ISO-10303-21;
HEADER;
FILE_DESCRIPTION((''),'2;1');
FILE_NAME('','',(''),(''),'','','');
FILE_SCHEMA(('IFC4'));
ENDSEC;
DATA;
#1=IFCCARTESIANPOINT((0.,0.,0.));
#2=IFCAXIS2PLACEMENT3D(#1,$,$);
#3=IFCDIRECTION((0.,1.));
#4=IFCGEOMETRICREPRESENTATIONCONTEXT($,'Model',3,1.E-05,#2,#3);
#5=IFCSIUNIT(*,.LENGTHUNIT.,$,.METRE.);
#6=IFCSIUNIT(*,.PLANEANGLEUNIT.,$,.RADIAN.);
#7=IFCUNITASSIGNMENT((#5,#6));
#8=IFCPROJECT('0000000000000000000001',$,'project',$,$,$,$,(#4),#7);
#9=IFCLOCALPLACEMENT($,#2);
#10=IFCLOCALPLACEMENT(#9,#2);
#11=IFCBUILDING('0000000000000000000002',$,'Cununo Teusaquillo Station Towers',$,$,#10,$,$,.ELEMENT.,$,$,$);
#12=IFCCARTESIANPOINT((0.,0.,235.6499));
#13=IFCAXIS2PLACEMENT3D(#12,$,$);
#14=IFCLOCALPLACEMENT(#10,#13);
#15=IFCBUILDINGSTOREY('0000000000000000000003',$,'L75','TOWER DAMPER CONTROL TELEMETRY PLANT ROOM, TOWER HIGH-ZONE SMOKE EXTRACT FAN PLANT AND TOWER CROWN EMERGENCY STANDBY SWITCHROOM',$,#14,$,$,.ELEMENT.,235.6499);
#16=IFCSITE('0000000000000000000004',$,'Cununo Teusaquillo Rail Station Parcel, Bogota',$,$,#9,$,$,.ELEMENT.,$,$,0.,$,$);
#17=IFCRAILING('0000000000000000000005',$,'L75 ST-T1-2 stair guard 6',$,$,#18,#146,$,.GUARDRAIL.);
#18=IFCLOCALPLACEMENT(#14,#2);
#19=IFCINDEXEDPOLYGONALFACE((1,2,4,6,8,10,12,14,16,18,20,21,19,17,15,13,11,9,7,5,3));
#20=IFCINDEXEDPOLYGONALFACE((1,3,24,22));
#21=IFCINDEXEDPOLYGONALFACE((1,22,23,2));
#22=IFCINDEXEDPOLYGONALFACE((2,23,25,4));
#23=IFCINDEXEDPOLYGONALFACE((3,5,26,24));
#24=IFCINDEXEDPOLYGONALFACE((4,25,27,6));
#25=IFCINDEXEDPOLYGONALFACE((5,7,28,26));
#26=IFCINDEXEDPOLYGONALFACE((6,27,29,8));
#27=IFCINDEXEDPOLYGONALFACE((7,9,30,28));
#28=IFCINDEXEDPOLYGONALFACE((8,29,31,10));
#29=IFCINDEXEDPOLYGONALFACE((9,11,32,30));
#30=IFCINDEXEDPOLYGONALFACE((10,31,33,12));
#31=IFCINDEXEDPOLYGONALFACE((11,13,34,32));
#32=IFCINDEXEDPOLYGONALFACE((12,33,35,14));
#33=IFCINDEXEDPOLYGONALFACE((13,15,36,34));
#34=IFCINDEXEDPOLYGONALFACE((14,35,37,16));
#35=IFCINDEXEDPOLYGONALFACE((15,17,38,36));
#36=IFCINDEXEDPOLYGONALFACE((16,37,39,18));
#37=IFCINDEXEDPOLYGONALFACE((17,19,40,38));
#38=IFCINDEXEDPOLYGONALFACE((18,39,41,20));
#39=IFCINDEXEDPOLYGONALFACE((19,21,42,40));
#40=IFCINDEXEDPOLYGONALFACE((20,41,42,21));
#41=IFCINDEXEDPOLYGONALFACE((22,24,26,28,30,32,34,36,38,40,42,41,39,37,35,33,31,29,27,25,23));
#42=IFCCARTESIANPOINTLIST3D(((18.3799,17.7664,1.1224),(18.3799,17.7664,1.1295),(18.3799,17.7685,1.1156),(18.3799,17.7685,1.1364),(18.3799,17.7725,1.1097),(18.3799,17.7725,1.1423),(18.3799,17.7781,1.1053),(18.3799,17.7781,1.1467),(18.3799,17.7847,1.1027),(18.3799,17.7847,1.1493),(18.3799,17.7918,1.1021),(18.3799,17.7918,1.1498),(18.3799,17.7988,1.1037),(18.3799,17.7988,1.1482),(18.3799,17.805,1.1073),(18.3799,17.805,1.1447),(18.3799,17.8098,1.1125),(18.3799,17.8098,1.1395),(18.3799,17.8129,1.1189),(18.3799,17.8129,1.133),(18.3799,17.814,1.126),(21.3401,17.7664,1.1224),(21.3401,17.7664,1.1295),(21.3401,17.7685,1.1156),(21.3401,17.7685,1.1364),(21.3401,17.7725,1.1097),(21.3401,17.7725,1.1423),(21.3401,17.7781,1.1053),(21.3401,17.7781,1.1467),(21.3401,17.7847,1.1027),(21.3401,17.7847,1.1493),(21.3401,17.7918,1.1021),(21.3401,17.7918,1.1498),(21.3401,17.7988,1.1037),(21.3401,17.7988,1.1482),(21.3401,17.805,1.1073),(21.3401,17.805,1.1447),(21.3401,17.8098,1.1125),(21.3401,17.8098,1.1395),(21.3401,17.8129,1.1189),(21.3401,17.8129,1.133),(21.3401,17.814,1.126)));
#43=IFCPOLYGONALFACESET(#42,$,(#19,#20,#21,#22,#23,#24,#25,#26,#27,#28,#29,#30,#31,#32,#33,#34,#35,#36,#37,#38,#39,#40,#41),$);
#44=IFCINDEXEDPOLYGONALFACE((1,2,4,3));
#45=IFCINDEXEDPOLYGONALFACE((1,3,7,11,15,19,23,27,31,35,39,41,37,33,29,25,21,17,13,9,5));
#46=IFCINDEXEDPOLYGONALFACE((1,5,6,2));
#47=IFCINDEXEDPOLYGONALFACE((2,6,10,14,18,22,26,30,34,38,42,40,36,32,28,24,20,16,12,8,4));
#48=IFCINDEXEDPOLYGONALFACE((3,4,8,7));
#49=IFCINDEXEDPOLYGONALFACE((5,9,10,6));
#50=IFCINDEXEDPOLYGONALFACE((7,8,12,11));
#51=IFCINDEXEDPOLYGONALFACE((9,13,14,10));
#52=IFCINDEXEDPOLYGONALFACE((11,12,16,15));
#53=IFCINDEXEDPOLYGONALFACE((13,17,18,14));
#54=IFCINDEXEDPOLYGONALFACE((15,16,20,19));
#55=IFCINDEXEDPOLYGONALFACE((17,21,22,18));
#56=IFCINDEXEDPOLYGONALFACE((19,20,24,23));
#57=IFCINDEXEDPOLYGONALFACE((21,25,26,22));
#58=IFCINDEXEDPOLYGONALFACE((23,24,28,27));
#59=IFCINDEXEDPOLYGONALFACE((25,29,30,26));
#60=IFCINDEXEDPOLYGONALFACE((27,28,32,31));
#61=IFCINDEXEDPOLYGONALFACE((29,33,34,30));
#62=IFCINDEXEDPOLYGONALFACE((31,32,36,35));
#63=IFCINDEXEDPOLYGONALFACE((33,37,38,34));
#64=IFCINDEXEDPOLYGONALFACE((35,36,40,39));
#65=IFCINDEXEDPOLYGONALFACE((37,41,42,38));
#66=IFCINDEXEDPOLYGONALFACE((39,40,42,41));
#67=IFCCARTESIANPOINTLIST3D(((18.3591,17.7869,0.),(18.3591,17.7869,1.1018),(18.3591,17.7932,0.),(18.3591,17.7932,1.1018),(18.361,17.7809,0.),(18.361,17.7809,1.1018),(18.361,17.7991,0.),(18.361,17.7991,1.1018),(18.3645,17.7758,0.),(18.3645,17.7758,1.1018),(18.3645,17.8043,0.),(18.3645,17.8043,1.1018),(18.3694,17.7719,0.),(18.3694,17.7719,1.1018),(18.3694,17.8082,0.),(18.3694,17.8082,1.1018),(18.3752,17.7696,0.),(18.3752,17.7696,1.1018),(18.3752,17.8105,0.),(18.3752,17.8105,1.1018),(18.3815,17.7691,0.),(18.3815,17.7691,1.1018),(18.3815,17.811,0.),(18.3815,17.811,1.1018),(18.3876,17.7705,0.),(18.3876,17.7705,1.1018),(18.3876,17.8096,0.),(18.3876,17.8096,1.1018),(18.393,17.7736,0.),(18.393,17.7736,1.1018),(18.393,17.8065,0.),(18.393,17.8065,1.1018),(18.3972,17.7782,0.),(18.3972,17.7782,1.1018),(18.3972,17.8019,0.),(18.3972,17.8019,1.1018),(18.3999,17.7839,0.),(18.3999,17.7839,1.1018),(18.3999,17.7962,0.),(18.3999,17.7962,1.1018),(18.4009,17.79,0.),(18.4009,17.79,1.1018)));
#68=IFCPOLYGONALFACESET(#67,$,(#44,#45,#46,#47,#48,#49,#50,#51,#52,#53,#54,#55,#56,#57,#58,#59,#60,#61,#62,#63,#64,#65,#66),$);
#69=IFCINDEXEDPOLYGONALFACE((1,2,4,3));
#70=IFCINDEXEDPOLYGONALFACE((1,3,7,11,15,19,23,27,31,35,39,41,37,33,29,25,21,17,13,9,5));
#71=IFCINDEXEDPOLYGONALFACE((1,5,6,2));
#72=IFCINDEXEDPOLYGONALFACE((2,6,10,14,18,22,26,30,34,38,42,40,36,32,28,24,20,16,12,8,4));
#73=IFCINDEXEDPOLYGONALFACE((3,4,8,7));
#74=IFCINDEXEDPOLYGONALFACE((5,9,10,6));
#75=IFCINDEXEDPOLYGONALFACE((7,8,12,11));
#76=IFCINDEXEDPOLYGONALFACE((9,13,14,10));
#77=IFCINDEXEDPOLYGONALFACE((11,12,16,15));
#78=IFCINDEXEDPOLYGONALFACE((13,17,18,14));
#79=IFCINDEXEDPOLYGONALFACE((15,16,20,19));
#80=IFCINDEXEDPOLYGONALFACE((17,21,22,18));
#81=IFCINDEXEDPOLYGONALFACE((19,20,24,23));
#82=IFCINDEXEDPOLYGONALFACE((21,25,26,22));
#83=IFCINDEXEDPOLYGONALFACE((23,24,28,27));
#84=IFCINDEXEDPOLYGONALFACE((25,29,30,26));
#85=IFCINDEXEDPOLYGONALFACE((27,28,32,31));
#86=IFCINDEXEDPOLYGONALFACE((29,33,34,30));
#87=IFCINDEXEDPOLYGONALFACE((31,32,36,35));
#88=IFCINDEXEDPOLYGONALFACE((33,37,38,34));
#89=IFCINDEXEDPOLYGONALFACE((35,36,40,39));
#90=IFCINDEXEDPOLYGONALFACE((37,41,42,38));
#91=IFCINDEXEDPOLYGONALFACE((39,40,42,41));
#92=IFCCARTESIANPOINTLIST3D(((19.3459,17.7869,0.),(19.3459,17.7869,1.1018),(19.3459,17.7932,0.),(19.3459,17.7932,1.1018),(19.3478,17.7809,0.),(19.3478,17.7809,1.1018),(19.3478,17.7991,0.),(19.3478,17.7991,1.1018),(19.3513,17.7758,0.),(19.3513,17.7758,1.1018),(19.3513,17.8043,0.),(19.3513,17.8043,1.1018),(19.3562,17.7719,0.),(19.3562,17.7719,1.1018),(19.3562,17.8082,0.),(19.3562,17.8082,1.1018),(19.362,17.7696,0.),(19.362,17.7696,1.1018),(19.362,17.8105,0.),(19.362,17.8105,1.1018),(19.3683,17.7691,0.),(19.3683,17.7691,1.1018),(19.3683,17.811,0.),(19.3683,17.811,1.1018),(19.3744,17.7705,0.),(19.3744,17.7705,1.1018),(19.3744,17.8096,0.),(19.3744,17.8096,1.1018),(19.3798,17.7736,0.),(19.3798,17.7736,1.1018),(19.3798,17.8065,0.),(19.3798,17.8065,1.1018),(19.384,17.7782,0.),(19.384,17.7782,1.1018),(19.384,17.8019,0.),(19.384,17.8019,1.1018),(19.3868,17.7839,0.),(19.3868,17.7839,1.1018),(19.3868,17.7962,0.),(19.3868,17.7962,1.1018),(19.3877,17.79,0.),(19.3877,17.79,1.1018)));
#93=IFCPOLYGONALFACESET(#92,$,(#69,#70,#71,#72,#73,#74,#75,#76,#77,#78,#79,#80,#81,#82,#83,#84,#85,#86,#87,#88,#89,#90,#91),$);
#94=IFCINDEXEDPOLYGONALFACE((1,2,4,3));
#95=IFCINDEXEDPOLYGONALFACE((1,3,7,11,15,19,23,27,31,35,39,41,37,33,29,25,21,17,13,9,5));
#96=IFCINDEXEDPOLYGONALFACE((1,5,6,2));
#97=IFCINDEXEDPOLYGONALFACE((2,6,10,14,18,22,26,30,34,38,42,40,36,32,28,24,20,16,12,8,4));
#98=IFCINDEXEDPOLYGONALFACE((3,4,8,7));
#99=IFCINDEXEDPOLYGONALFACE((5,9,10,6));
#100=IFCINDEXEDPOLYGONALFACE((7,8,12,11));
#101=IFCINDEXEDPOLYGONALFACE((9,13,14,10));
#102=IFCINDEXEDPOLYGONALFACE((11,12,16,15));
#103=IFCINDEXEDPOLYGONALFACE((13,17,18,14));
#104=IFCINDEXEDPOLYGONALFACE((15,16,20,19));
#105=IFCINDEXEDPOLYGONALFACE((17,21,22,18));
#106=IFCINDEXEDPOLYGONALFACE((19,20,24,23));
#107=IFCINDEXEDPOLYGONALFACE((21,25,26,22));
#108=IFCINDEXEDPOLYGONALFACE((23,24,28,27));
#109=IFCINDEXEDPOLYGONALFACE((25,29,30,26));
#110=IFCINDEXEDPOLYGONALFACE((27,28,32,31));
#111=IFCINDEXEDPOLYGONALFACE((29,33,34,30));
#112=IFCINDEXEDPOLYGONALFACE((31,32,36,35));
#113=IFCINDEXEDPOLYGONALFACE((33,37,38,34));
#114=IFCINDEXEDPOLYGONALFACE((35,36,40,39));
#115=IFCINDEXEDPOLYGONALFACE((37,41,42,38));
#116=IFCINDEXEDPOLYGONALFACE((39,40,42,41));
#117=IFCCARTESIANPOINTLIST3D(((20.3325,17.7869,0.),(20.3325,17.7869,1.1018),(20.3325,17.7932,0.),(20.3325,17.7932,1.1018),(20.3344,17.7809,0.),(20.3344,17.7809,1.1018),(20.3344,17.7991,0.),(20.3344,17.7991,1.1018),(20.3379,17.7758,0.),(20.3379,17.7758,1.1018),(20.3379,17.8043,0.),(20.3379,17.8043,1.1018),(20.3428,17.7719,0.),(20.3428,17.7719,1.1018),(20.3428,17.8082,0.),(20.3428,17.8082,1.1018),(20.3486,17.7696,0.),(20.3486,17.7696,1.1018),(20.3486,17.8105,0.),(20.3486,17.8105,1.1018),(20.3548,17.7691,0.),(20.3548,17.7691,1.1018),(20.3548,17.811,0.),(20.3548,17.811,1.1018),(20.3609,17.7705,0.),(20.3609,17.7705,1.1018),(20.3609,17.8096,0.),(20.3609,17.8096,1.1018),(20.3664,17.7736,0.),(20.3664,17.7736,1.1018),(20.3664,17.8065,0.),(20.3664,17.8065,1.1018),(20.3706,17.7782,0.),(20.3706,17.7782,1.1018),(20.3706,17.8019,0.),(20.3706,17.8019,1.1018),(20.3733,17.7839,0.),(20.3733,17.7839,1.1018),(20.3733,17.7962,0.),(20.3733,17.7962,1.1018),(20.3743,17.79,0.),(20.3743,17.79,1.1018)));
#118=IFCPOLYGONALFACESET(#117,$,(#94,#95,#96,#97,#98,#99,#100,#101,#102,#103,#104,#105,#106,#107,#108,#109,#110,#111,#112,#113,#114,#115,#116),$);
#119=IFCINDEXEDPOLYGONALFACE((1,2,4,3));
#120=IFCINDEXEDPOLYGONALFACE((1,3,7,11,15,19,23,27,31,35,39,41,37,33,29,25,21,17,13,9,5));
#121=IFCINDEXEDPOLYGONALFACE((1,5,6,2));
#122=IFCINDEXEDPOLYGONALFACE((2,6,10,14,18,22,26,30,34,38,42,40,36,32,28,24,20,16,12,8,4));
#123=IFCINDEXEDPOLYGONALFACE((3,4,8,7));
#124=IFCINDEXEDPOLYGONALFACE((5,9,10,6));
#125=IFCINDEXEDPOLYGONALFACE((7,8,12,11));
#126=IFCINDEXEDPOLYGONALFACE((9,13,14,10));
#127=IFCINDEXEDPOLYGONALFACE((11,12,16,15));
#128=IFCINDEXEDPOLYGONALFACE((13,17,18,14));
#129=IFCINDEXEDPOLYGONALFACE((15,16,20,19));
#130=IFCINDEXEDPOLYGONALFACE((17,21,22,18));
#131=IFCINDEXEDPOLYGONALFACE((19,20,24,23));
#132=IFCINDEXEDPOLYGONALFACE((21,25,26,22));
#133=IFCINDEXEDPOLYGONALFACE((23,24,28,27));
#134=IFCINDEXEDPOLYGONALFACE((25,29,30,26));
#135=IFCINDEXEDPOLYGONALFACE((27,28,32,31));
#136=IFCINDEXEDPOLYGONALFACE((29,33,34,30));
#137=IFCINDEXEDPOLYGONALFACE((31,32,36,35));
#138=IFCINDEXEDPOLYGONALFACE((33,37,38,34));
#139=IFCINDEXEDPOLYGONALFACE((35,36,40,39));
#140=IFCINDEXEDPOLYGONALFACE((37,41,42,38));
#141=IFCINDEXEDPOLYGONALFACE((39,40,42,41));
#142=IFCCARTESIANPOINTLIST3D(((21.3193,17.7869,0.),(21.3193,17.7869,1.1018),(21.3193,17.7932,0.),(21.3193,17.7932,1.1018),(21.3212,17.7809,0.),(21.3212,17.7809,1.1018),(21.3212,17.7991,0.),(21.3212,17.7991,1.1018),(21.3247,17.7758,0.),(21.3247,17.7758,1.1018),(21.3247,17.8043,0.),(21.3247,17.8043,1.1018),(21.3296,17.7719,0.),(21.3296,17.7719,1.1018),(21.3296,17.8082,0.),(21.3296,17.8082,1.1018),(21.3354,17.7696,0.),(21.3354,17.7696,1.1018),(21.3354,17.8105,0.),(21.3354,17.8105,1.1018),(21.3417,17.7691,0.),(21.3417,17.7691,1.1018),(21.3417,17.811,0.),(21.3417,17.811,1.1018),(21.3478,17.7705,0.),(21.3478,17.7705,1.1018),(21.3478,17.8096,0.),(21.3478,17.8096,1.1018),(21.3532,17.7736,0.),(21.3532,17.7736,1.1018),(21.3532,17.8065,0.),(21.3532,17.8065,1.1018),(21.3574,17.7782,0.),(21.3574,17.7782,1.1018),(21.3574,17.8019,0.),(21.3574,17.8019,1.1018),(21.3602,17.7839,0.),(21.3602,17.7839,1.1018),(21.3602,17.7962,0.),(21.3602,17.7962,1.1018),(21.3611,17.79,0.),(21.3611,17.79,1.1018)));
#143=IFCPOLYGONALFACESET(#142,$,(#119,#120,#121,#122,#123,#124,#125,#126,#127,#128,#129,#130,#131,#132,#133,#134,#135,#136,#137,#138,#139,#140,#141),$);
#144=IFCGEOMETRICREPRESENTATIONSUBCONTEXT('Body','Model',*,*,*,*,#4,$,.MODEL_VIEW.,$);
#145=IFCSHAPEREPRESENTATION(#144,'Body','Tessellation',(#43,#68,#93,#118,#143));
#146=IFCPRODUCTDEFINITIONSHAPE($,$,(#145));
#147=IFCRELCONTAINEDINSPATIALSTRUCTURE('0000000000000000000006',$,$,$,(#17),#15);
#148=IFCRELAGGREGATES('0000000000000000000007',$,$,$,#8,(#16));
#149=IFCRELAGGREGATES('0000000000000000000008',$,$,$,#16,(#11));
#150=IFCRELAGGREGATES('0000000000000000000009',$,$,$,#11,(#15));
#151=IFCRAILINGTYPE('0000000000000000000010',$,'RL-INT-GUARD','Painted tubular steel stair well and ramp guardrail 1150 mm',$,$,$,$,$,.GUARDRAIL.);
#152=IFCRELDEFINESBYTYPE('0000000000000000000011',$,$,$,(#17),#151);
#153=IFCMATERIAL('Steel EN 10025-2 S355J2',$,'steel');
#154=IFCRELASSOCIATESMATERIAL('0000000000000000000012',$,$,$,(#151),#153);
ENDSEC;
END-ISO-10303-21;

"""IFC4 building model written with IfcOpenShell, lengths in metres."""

from ifc_helpers import new_model, si_unit, direction, frame, origin, origin_2d, place, context, subcontext, project, spatial, circle, extrude, material, type_object, element, save


model = new_model("IFC4")

# Units and contexts
model_context = context("Model", 3, precision=1e-05, world=origin(), true_north=direction((0.0, 1.0)))
body_context = subcontext(model_context, "Body", "Model", "MODEL_VIEW")
ifc_project = project(units=[si_unit("LENGTHUNIT", "METRE"), si_unit("PLANEANGLEUNIT", "RADIAN")], contexts=[model_context])

# Site, building, storey
site_placement = place(None, origin())
site = spatial("IfcSite", under=ifc_project, at=site_placement, Name="Cununo Teusaquillo Rail Station Parcel, Bogota", CompositionType="ELEMENT", RefElevation=0.0)
building_placement = place(site_placement, origin())
building = spatial("IfcBuilding", under=site, at=building_placement, Name="Cununo Teusaquillo Station Towers", CompositionType="ELEMENT")
storey_placement = place(building_placement, frame((0.0, 0.0, 235.6499)))
storey = spatial("IfcBuildingStorey", under=building, at=storey_placement, Name="L75", Description="TOWER DAMPER CONTROL TELEMETRY PLANT ROOM, TOWER HIGH-ZONE SMOKE EXTRACT FAN PLANT AND TOWER CROWN EMERGENCY STANDBY SWITCHROOM", CompositionType="ELEMENT", Elevation=235.6499)

# Railing
ifc_material_1 = material(Name="Steel EN 10025-2 S355J2", Category="steel")
railing_type_1 = type_object("IfcRailingType", Name="RL-INT-GUARD", Description="Painted tubular steel stair well and ramp guardrail 1150 mm", PredefinedType="GUARDRAIL", material=ifc_material_1)
railing_1_placement = place(storey_placement, frame((18.3799, 17.79, 0.0)))
element("IfcRailing", 1, at=railing_1_placement, inside=storey, type_object=railing_type_1, Name="L75 ST-T1-2 stair guard 6", PredefinedType="GUARDRAIL", context=body_context, shape_type="SweptSolid", body=[
    extrude(circle(Radius=0.0239, at=origin_2d()), frame((0.0, 0.0, 1.126), z_axis=(1.0, 0.0, 0.0), x_axis=(0.0, 1.0, 0.0)), (0.0, 0.0, 1.0), 2.9602),
    extrude(circle(Radius=0.021, at=origin_2d()), origin(), (0.0, 0.0, 1.0), 1.1018),
    extrude(circle(Radius=0.021, at=origin_2d()), frame((0.9868, 0.0, 0.0)), (0.0, 0.0, 1.0), 1.1018),
    extrude(circle(Radius=0.021, at=origin_2d()), frame((1.9734, 0.0, 0.0)), (0.0, 0.0, 1.0), 1.1018),
    extrude(circle(Radius=0.021, at=origin_2d()), frame((2.9602, 0.0, 0.0)), (0.0, 0.0, 1.0), 1.1018),
])

save(model, "model.ifc")
